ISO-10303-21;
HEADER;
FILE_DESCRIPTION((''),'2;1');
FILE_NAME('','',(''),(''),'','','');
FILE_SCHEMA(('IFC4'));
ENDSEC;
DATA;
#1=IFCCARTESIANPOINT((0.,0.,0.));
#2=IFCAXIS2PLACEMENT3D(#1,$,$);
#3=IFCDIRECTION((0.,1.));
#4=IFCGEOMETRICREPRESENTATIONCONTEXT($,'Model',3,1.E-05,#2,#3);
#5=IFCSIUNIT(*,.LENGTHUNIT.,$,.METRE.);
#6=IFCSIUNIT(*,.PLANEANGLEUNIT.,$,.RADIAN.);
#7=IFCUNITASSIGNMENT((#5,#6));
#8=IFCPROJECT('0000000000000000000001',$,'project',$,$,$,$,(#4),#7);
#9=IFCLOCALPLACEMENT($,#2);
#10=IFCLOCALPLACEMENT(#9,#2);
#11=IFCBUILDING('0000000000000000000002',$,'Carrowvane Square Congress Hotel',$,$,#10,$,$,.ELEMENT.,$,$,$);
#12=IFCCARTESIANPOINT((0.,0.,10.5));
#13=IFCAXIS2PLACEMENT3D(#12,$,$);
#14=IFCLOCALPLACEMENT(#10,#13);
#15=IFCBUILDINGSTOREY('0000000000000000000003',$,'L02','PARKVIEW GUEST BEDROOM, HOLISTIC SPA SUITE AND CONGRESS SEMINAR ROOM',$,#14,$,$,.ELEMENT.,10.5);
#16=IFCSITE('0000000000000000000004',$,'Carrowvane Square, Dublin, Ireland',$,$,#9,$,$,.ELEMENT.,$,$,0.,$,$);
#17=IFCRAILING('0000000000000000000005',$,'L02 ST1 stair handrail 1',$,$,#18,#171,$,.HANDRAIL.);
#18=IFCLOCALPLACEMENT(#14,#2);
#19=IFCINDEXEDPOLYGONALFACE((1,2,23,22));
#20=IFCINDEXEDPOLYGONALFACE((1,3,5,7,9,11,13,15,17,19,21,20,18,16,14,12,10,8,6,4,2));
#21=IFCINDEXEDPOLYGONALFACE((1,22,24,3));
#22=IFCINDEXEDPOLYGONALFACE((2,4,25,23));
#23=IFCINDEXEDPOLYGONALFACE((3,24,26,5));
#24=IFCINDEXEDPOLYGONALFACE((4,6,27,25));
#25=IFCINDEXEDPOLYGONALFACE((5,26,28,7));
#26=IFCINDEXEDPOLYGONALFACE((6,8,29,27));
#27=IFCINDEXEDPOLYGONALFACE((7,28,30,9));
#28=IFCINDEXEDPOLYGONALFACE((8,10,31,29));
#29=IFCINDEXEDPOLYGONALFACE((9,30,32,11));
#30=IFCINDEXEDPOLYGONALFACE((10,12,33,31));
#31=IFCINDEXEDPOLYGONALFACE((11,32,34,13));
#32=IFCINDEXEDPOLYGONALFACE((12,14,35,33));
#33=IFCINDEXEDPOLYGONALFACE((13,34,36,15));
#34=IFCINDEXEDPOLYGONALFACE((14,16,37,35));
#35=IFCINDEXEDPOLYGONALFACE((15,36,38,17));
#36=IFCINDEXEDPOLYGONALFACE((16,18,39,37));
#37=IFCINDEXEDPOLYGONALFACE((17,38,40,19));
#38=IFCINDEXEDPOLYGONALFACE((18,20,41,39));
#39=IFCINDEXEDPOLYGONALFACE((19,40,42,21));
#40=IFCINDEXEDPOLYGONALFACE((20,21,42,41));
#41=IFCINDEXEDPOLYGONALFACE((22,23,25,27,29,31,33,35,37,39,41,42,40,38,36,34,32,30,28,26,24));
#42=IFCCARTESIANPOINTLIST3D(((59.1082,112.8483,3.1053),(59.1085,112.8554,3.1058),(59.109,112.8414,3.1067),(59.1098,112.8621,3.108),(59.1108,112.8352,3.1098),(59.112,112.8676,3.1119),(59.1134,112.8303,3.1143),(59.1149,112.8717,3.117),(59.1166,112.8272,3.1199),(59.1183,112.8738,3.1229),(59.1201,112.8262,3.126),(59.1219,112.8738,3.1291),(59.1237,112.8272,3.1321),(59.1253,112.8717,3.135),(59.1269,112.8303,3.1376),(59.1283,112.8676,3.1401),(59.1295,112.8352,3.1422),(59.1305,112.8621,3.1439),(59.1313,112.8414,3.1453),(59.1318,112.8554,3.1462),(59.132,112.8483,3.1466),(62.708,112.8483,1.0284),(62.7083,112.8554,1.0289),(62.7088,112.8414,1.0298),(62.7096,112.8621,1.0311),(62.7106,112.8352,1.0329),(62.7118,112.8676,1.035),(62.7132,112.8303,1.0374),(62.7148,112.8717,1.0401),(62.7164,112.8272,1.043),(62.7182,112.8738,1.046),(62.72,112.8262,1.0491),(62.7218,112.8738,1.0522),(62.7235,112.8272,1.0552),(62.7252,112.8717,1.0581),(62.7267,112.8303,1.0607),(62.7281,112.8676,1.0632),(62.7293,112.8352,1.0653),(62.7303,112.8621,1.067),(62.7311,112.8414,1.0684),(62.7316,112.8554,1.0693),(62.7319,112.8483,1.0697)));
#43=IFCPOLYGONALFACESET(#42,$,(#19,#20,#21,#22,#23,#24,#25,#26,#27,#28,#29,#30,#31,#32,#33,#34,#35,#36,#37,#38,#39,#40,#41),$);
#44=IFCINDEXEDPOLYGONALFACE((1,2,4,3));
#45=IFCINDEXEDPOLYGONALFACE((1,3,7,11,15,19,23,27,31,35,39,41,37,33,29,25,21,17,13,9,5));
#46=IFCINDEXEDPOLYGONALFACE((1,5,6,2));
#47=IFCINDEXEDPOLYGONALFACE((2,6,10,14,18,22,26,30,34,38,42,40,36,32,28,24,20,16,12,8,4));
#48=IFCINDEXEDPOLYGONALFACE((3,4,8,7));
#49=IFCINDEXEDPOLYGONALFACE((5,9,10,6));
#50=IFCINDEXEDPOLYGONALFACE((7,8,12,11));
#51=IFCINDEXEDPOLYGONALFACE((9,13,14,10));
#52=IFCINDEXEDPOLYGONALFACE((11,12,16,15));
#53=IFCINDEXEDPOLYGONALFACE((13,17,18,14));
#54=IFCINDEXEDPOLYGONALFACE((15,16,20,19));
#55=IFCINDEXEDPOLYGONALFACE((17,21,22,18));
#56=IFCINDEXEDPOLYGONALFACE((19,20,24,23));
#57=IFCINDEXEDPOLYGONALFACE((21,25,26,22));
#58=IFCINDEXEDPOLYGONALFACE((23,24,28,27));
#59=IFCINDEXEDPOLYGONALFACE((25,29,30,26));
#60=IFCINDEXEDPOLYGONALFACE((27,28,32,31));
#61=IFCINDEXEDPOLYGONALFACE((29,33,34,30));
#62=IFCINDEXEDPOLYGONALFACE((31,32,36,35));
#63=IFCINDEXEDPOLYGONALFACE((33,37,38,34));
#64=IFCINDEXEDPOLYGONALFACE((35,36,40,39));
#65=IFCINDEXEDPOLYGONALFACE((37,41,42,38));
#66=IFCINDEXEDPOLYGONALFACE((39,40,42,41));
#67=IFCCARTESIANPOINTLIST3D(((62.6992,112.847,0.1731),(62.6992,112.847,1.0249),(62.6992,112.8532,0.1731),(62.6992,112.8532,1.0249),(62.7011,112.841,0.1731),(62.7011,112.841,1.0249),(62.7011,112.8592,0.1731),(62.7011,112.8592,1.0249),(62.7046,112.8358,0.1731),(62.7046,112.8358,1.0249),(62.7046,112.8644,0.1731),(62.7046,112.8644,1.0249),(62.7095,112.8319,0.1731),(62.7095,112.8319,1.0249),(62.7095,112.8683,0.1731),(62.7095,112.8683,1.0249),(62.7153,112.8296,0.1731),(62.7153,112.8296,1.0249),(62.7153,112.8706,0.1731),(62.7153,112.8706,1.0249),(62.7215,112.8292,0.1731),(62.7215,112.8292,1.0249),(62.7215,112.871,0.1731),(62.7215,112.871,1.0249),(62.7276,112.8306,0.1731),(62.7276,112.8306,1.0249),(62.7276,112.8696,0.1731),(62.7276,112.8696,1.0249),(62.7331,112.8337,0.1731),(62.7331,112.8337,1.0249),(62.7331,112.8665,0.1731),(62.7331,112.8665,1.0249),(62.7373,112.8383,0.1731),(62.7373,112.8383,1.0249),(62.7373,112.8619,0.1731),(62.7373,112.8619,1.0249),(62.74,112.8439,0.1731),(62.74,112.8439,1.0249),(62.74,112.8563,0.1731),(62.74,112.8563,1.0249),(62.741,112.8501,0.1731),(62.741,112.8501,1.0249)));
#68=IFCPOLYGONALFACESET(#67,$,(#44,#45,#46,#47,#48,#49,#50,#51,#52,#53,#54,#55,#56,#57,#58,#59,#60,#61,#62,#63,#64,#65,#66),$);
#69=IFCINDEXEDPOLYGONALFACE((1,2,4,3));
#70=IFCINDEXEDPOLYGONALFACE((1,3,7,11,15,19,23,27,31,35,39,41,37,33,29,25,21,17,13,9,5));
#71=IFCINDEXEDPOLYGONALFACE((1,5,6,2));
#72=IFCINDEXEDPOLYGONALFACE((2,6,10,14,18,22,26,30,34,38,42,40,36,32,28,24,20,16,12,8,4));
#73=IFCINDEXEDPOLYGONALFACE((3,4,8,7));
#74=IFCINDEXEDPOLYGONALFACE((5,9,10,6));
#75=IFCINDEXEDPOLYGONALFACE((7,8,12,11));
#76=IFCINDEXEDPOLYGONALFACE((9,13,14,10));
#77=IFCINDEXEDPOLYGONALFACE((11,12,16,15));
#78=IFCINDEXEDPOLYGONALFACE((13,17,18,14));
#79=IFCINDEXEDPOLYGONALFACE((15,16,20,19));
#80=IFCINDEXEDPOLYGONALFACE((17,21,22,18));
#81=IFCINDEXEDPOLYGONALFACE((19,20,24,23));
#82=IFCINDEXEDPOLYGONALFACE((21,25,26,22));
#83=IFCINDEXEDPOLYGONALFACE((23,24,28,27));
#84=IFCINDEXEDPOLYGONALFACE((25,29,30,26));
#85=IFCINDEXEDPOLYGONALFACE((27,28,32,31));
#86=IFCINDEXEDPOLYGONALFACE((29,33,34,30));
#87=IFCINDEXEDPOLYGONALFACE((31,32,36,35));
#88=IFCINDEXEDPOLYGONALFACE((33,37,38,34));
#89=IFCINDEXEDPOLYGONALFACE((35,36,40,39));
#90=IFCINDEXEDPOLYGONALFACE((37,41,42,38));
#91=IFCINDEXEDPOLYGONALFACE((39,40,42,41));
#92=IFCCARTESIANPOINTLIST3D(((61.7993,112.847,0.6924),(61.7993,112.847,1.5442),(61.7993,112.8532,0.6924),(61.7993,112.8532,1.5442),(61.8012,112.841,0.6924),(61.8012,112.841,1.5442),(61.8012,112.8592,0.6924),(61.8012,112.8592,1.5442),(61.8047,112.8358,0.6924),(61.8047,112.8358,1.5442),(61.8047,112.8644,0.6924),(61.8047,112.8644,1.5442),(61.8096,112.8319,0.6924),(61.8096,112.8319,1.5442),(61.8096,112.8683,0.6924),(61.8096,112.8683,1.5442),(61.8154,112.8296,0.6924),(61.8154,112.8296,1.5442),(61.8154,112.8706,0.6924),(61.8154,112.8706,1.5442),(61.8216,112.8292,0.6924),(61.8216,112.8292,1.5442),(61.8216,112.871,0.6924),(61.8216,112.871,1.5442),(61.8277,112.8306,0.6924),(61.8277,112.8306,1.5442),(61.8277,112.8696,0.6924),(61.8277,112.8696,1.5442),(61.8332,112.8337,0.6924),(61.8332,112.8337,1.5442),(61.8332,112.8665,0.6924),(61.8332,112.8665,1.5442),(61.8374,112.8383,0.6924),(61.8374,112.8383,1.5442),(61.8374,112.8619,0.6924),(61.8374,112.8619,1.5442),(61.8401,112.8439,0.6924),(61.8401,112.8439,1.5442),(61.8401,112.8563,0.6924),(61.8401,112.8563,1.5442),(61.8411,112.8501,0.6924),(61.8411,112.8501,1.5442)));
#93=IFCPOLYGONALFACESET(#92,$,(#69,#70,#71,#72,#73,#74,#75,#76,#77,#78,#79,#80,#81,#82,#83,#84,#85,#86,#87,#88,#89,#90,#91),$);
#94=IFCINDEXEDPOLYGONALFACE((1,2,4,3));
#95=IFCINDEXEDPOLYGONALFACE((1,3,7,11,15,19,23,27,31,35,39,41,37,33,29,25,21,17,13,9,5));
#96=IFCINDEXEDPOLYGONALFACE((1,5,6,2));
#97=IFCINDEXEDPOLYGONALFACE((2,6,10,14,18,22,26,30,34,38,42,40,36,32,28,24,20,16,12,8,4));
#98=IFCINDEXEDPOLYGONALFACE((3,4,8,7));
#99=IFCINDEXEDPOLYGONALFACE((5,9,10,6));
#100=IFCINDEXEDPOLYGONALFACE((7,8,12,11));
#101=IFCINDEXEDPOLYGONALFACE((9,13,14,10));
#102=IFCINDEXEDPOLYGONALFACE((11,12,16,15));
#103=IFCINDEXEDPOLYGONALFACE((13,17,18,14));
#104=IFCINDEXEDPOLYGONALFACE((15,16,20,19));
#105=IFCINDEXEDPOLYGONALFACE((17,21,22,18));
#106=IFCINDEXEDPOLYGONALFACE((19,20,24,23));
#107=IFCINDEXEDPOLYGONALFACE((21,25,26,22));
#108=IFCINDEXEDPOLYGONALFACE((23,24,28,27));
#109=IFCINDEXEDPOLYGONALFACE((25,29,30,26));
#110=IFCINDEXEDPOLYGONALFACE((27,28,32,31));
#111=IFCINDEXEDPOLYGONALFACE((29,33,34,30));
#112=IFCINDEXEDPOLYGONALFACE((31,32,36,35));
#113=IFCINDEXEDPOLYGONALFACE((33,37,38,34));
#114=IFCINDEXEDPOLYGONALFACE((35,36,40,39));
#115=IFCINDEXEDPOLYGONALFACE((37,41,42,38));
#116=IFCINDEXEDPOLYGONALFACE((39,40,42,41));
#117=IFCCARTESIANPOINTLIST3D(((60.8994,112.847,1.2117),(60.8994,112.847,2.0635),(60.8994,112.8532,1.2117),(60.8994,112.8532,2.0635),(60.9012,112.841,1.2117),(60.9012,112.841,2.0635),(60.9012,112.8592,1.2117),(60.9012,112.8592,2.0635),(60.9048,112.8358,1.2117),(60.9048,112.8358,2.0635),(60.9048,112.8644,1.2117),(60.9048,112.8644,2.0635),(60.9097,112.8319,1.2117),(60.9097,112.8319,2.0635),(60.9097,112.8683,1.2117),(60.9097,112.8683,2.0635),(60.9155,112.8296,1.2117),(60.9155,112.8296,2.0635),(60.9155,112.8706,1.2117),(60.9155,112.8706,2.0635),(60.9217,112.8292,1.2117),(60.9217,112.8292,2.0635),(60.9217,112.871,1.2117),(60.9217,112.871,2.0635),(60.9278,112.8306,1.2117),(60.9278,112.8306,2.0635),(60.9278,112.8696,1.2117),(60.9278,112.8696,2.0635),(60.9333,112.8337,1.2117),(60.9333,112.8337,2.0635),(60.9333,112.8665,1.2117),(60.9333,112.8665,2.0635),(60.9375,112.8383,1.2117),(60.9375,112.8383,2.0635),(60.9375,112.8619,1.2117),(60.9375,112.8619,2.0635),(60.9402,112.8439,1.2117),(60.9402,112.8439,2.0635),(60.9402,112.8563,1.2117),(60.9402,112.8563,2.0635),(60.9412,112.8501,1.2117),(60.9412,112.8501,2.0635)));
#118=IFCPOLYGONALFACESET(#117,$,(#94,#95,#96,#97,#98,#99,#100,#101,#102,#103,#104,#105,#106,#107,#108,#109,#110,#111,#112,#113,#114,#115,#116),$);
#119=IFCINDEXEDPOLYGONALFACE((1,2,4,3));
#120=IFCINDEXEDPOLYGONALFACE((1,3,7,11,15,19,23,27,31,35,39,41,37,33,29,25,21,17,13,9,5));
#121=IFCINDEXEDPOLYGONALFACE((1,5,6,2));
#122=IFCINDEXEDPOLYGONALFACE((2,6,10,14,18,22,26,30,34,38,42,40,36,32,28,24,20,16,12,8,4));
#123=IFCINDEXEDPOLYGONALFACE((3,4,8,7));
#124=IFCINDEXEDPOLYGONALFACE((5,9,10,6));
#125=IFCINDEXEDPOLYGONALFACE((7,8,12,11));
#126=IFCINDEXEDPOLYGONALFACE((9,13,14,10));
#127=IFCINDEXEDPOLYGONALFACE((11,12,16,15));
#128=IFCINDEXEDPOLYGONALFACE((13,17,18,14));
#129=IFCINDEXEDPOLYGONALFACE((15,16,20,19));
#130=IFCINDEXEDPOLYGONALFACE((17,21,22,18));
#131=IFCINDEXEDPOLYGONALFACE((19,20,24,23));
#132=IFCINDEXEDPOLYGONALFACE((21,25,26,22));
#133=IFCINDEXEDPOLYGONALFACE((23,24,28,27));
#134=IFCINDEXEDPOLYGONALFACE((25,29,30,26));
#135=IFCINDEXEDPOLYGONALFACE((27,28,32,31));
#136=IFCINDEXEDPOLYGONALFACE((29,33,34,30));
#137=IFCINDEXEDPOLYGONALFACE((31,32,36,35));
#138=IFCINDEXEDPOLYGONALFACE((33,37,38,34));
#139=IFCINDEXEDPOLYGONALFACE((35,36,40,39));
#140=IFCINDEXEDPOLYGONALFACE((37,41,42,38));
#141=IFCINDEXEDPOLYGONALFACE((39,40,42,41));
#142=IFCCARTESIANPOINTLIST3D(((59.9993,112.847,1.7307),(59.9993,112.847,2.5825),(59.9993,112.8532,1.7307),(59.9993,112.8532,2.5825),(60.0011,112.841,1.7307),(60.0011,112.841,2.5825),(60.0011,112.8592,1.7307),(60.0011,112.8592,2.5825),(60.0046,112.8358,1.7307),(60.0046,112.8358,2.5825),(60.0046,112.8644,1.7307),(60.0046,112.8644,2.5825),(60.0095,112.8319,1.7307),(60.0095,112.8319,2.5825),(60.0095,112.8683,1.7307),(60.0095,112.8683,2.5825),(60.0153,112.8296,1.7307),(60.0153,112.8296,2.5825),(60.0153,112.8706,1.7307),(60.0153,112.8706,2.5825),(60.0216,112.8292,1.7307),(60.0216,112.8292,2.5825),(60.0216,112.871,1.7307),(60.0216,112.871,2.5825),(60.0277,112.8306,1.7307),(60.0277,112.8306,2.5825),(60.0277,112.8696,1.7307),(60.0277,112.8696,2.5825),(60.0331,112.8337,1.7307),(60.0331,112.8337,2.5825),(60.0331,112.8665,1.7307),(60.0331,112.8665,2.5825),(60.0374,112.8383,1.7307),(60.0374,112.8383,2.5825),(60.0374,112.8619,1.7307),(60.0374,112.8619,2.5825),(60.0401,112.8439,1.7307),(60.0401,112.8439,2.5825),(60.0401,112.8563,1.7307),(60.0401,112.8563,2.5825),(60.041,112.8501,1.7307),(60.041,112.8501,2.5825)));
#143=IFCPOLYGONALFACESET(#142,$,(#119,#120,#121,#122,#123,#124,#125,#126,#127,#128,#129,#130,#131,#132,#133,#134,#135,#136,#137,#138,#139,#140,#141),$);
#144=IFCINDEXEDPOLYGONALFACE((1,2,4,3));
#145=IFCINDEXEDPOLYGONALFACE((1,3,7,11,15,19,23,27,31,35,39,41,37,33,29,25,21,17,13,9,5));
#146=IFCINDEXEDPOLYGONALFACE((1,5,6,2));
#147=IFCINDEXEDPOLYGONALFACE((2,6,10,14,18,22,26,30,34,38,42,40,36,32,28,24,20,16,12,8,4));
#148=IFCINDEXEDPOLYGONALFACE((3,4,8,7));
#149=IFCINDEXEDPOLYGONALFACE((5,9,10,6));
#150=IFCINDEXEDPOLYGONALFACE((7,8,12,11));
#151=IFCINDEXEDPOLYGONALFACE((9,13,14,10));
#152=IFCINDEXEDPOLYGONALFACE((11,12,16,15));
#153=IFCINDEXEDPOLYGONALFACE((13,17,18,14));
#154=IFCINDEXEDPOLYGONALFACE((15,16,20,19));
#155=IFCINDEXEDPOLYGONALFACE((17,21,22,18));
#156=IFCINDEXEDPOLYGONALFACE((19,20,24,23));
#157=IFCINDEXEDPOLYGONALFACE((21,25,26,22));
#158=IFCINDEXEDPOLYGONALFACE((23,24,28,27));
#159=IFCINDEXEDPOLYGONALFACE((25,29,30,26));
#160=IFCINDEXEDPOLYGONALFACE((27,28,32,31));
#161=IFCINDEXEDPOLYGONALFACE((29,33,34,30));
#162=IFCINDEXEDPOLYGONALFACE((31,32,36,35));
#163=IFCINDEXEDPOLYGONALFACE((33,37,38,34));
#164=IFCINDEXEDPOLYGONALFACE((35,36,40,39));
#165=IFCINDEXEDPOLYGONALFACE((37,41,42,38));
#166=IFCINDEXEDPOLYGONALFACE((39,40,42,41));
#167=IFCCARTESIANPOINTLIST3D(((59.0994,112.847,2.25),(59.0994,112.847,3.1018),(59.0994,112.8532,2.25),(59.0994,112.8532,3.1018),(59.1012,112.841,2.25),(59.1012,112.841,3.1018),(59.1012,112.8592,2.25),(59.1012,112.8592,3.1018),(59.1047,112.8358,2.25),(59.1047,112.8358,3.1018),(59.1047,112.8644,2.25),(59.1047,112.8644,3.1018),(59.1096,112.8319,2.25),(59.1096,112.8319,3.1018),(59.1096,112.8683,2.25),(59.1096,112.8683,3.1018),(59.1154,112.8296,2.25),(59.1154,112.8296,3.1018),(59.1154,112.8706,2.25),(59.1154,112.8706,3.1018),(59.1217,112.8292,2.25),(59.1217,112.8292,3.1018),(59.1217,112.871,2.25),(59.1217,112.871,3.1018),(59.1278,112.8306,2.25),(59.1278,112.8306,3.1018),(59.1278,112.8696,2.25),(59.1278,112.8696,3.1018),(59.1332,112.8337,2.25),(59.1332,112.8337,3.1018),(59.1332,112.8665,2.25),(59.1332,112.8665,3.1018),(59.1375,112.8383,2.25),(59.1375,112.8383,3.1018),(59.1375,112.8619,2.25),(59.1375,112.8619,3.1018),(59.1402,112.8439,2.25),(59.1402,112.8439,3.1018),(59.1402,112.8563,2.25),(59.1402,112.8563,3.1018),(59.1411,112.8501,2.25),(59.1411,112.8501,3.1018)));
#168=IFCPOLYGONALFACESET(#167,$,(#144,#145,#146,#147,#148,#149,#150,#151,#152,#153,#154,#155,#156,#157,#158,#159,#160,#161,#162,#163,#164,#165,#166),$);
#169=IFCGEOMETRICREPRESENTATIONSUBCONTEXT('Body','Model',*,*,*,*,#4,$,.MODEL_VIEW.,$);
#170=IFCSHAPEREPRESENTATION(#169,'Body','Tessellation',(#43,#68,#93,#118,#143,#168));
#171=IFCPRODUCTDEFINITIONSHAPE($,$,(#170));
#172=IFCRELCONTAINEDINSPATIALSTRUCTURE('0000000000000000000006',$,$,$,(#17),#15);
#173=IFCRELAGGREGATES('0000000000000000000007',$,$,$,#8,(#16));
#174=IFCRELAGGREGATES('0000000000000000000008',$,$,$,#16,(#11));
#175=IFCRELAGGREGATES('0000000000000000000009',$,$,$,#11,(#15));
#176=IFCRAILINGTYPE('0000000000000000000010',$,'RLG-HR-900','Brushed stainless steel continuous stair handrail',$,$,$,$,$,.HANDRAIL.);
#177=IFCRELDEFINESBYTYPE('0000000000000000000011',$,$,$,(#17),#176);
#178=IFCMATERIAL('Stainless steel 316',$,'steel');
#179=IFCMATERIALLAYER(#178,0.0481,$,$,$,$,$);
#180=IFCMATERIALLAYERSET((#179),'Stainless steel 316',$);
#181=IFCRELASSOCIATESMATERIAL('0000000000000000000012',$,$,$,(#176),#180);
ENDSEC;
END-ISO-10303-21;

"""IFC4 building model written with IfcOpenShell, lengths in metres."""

from ifc_helpers import new_model, si_unit, direction, frame, origin, origin_2d, place, context, subcontext, project, spatial, circle, extrude, material, layer, layer_set, type_object, element, save


model = new_model("IFC4")

# Units and contexts
model_context = context("Model", 3, precision=1e-05, world=origin(), true_north=direction((0.0, 1.0)))
body_context = subcontext(model_context, "Body", "Model", "MODEL_VIEW")
ifc_project = project(units=[si_unit("LENGTHUNIT", "METRE"), si_unit("PLANEANGLEUNIT", "RADIAN")], contexts=[model_context])

# Site, building, storey
site_placement = place(None, origin())
site = spatial("IfcSite", under=ifc_project, at=site_placement, Name="Carrowvane Square, Dublin, Ireland", CompositionType="ELEMENT", RefElevation=0.0)
building_placement = place(site_placement, origin())
building = spatial("IfcBuilding", under=site, at=building_placement, Name="Carrowvane Square Congress Hotel", CompositionType="ELEMENT")
storey_placement = place(building_placement, frame((0.0, 0.0, 10.5)))
storey = spatial("IfcBuildingStorey", under=building, at=storey_placement, Name="L02", Description="PARKVIEW GUEST BEDROOM, HOLISTIC SPA SUITE AND CONGRESS SEMINAR ROOM", CompositionType="ELEMENT", Elevation=10.5)

# Railing
ifc_material_1 = material(Name="Stainless steel 316", Category="steel")
ifc_layer_1 = layer(ifc_material_1, 0.0481)
ifc_layer_set_1 = layer_set([ifc_layer_1], Name="Stainless steel 316")
railing_type_1 = type_object("IfcRailingType", Name="RLG-HR-900", Description="Brushed stainless steel continuous stair handrail", PredefinedType="HANDRAIL", material=ifc_layer_set_1)
railing_1_placement = place(storey_placement, frame((62.72, 112.8501, 0.1731)))
element("IfcRailing", 1, at=railing_1_placement, inside=storey, type_object=railing_type_1, Name="L02 ST1 stair handrail 1", PredefinedType="HANDRAIL", context=body_context, shape_type="SweptSolid", body=[
    extrude(circle(Radius=0.0239, at=origin_2d()), frame((0.0, 0.0, 0.876), z_axis=(-0.866179, 0.0, 0.499734), x_axis=(0.0, -1.0, 0.0)), (0.0, 0.0, 1.0), 4.156),
    extrude(circle(Radius=0.021, at=origin_2d()), origin(), (0.0, 0.0, 1.0), 0.8518),
    extrude(circle(Radius=0.021, at=origin_2d()), frame((-0.8999, 0.0, 0.5193)), (0.0, 0.0, 1.0), 0.8518),
    extrude(circle(Radius=0.021, at=origin_2d()), frame((-1.7998, 0.0, 1.0386)), (0.0, 0.0, 1.0), 0.8518),
    extrude(circle(Radius=0.021, at=origin_2d()), frame((-2.7, 0.0, 1.5576)), (0.0, 0.0, 1.0), 0.8518),
    extrude(circle(Radius=0.021, at=origin_2d()), frame((-3.5999, 0.0, 2.0769)), (0.0, 0.0, 1.0), 0.8518),
])

save(model, "model.ifc")
